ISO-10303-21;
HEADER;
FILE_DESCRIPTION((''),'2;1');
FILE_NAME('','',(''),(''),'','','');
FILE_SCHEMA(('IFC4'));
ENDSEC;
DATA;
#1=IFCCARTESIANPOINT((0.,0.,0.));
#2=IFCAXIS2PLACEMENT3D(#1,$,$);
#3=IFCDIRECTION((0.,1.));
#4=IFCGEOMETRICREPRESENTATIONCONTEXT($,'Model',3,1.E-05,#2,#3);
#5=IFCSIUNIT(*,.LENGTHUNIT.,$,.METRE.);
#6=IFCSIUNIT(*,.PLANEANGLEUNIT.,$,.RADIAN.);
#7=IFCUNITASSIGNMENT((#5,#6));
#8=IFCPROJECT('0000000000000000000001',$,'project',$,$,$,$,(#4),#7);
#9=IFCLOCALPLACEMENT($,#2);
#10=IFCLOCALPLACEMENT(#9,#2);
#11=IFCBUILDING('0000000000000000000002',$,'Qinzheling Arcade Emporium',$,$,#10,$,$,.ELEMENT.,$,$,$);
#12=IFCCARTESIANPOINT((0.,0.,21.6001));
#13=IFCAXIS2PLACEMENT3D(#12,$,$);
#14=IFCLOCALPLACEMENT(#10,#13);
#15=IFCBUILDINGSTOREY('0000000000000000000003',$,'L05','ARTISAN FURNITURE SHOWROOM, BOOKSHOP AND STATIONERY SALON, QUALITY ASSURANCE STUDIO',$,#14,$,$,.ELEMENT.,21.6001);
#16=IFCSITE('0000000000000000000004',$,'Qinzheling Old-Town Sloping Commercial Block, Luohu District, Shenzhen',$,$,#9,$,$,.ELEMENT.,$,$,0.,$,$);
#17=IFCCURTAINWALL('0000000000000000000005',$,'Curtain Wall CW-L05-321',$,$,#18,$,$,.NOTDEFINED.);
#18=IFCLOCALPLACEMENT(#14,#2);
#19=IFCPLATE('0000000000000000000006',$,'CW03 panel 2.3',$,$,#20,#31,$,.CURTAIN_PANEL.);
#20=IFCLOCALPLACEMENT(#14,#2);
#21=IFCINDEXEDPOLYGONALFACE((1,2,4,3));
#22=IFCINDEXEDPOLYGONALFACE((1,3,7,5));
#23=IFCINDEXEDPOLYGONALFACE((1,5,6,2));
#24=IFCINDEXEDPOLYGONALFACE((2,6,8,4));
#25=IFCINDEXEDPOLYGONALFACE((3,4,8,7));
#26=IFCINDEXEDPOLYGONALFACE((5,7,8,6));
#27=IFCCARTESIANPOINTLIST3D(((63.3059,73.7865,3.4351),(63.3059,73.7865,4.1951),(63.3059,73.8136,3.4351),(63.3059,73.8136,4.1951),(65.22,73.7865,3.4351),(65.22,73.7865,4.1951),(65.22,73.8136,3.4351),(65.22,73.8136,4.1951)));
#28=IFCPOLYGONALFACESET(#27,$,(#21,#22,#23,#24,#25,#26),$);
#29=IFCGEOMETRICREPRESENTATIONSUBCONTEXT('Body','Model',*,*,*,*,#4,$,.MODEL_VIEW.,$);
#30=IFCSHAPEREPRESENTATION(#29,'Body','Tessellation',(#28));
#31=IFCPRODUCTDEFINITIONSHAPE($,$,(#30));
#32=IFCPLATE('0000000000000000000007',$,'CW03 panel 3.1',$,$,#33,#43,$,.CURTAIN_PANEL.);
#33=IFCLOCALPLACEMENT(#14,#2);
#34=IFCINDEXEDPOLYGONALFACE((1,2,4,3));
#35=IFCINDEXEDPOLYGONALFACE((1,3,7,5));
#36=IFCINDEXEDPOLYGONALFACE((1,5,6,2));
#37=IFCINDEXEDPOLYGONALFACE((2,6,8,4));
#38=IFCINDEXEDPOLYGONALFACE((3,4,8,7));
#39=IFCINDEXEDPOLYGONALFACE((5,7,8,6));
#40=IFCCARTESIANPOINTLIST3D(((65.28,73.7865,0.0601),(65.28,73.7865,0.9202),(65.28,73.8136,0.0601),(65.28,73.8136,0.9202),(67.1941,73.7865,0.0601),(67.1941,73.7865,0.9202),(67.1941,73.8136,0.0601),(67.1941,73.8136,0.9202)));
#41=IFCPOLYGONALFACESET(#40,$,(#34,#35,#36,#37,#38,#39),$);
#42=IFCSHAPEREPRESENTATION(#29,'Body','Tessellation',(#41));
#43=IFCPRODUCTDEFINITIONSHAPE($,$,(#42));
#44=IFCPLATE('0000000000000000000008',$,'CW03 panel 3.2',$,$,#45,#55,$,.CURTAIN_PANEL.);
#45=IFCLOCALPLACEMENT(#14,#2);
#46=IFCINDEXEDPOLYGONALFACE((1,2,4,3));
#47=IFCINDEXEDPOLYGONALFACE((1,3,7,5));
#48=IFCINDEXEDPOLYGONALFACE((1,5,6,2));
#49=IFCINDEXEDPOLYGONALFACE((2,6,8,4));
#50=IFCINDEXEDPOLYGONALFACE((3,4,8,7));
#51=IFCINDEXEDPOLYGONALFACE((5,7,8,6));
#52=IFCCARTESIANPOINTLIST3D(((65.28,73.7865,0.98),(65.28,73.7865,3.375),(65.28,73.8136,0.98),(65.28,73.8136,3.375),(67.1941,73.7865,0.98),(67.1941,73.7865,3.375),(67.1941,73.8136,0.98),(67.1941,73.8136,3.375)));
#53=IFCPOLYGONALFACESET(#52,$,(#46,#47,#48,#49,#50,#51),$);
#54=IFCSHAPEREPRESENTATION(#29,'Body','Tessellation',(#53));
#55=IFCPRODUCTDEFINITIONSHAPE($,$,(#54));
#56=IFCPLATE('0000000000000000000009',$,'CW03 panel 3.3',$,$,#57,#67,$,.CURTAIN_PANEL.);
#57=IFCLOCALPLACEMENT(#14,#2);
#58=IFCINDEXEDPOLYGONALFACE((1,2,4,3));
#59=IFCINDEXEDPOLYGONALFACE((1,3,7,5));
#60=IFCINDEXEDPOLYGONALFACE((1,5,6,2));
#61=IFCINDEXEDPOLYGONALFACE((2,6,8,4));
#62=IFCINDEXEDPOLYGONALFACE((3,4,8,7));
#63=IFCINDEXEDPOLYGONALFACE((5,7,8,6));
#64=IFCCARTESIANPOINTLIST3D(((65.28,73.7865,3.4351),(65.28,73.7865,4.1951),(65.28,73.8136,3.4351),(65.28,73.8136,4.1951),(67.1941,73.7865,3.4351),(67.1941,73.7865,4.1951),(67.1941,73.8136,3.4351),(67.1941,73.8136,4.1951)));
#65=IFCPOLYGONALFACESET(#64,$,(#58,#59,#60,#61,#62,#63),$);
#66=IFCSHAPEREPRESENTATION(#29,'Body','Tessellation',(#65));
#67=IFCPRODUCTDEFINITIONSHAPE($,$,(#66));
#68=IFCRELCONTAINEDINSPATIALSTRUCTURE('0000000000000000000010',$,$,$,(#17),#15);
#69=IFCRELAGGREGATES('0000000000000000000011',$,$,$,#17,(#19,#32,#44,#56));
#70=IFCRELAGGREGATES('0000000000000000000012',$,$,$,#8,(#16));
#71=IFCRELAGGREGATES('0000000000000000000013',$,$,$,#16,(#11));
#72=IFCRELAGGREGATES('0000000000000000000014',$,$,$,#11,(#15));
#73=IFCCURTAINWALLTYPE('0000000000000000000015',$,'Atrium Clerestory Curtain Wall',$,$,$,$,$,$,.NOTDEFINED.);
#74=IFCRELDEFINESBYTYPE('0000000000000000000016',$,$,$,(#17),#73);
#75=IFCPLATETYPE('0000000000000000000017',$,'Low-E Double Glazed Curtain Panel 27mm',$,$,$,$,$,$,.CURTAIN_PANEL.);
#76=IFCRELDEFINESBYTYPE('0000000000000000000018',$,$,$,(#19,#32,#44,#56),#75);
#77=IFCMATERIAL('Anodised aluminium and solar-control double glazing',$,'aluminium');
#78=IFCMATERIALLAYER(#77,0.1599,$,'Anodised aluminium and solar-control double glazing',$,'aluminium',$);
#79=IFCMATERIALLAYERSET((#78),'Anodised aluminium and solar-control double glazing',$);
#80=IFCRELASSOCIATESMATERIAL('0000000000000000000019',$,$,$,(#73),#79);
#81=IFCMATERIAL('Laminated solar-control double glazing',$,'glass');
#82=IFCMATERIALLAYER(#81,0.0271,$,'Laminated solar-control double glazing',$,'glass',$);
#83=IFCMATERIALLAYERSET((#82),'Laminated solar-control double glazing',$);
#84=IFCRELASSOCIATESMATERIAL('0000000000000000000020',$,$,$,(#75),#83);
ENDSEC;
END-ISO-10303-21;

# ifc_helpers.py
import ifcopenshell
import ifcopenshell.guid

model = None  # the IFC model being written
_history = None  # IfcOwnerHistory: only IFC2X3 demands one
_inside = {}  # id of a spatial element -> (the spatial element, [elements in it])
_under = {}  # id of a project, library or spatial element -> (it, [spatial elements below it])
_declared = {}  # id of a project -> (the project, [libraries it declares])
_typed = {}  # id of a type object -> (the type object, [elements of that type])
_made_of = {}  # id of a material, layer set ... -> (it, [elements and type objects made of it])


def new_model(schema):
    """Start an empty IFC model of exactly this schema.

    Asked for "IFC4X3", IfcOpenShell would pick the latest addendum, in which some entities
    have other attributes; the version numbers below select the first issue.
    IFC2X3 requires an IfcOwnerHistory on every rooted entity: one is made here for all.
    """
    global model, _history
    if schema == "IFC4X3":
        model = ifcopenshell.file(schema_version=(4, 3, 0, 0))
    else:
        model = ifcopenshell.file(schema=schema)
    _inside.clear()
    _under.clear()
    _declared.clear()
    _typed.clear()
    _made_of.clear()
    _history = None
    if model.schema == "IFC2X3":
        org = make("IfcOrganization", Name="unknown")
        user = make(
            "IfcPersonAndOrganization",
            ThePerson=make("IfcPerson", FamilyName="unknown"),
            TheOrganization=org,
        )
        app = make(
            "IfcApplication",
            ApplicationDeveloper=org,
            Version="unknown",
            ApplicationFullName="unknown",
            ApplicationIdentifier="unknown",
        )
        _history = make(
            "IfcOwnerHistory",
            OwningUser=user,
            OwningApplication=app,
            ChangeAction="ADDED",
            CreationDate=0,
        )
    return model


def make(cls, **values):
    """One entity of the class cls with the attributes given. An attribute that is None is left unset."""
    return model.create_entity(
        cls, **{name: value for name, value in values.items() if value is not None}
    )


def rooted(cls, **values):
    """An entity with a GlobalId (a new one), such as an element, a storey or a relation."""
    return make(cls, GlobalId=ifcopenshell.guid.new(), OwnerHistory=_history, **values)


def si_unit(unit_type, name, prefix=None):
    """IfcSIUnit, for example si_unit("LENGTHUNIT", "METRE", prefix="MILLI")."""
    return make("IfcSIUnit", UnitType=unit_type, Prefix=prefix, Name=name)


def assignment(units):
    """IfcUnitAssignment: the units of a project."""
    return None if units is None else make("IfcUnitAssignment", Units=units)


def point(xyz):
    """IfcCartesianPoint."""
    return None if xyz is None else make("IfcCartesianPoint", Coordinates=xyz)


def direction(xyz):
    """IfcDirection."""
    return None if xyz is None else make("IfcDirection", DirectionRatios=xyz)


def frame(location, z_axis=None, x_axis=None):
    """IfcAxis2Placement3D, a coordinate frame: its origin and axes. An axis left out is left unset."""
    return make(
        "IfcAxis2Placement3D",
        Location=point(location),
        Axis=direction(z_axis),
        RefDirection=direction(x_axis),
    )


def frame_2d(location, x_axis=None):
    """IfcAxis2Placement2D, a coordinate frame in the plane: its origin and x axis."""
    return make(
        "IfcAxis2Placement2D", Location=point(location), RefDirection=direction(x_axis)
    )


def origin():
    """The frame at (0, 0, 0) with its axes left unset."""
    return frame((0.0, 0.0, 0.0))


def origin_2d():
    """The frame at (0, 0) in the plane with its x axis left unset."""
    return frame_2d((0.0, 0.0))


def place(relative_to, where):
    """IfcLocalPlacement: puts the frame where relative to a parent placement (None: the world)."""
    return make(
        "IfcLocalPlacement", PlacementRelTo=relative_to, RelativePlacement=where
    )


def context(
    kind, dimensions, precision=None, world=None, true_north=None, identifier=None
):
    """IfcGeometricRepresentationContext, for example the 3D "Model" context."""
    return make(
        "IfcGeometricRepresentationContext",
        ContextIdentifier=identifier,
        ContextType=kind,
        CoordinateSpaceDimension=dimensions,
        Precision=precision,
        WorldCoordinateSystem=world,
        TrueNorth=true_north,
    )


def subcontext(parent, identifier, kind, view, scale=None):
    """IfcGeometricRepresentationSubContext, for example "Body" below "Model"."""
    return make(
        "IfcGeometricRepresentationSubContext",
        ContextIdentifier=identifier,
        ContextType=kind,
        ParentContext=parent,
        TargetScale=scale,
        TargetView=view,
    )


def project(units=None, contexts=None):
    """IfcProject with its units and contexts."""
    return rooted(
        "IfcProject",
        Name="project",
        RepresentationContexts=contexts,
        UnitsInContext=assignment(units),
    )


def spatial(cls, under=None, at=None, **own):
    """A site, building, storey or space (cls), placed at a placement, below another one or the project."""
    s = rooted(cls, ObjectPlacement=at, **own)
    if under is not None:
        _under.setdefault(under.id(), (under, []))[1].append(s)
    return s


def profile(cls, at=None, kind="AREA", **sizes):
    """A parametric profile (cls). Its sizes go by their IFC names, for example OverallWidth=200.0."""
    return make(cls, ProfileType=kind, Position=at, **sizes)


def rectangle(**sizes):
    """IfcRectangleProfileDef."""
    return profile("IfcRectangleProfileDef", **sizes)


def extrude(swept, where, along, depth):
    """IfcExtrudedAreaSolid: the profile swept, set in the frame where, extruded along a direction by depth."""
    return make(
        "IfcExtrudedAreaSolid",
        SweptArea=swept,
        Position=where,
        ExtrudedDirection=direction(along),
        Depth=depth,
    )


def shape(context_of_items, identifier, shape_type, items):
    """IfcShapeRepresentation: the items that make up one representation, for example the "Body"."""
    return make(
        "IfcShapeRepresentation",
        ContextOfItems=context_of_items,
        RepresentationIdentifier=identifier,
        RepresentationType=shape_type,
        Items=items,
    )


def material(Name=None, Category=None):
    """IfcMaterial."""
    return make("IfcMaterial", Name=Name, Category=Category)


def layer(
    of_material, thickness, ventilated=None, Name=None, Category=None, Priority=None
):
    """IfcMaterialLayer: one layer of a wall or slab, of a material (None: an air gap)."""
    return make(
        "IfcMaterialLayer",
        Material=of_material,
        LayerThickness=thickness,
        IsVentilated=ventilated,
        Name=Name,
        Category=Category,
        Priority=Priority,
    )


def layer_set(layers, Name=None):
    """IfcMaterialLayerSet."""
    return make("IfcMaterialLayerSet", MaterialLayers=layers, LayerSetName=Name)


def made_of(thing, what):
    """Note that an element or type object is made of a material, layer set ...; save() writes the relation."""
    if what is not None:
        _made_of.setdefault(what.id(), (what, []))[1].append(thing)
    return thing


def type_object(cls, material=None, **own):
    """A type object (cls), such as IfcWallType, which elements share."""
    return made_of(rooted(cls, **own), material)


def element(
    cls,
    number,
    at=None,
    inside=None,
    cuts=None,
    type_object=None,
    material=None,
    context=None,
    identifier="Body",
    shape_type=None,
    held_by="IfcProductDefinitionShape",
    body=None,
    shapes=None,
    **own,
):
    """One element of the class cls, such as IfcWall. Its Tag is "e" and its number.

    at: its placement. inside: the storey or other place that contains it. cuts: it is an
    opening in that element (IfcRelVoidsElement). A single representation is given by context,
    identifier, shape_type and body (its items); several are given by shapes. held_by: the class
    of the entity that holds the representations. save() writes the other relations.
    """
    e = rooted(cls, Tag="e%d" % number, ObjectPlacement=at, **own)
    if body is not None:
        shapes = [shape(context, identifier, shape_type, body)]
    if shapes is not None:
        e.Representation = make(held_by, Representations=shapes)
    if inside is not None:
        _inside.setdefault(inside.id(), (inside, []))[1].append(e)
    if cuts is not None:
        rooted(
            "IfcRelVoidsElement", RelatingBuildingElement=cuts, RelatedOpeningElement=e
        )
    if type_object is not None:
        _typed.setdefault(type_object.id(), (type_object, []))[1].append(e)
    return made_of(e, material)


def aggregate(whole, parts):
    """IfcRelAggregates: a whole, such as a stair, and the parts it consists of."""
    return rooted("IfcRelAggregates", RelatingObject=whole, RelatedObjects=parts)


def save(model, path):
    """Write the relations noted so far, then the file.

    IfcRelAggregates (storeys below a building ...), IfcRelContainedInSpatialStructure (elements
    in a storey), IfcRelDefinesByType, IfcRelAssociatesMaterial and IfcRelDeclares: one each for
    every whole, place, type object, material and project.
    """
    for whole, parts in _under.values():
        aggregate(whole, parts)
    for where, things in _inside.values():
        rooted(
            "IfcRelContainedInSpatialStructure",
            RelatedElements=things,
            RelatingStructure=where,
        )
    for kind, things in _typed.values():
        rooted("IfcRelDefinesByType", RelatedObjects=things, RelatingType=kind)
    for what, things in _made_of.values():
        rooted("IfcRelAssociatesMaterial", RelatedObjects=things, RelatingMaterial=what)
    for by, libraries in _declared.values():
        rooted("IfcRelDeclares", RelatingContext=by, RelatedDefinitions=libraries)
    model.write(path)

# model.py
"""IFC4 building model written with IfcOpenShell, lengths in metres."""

from ifc_helpers import new_model, si_unit, direction, frame, origin, origin_2d, place, context, subcontext, project, spatial, rectangle, extrude, material, layer, layer_set, type_object, element, aggregate, save


model = new_model("IFC4")

# Units and contexts
model_context = context("Model", 3, precision=1e-05, world=origin(), true_north=direction((0.0, 1.0)))
body_context = subcontext(model_context, "Body", "Model", "MODEL_VIEW")
ifc_project = project(units=[si_unit("LENGTHUNIT", "METRE"), si_unit("PLANEANGLEUNIT", "RADIAN")], contexts=[model_context])

# Site, building, storey
site_placement = place(None, origin())
site = spatial("IfcSite", under=ifc_project, at=site_placement, Name="Qinzheling Old-Town Sloping Commercial Block, Luohu District, Shenzhen", CompositionType="ELEMENT", RefElevation=0.0)
building_placement = place(site_placement, origin())
building = spatial("IfcBuilding", under=site, at=building_placement, Name="Qinzheling Arcade Emporium", CompositionType="ELEMENT")
storey_placement = place(building_placement, frame((0.0, 0.0, 21.6001)))
storey = spatial("IfcBuildingStorey", under=building, at=storey_placement, Name="L05", Description="ARTISAN FURNITURE SHOWROOM, BOOKSHOP AND STATIONERY SALON, QUALITY ASSURANCE STUDIO", CompositionType="ELEMENT", Elevation=21.6001)

# Shared definitions
ifc_material_1 = material(Name="Anodised aluminium and solar-control double glazing", Category="aluminium")
ifc_layer_1 = layer(ifc_material_1, 0.1599, Name="Anodised aluminium and solar-control double glazing", Category="aluminium")
ifc_layer_set_1 = layer_set([ifc_layer_1], Name="Anodised aluminium and solar-control double glazing")
curtain_wall_type = type_object("IfcCurtainWallType", Name="Atrium Clerestory Curtain Wall", PredefinedType="NOTDEFINED", material=ifc_layer_set_1)

# Curtain wall
curtain_wall_1_placement = place(storey_placement, origin())
curtain_wall_1 = element("IfcCurtainWall", 1, at=curtain_wall_1_placement, inside=storey, type_object=curtain_wall_type, Name="Curtain Wall CW-L05-321", PredefinedType="NOTDEFINED")

# Plates
ifc_material_2 = material(Name="Laminated solar-control double glazing", Category="glass")
ifc_layer_2 = layer(ifc_material_2, 0.0271, Name="Laminated solar-control double glazing", Category="glass")
ifc_layer_set_2 = layer_set([ifc_layer_2], Name="Laminated solar-control double glazing")
plate_type_1 = type_object("IfcPlateType", Name="Low-E Double Glazed Curtain Panel 27mm", PredefinedType="CURTAIN_PANEL", material=ifc_layer_set_2)
plate_1_placement = place(storey_placement, frame((64.2629, 73.8, 3.4351), z_axis=(0.0, 0.0, 1.0), x_axis=(1.0, 0.0, 0.0)))
plate_1 = element("IfcPlate", 2, at=plate_1_placement, type_object=plate_type_1, Name="CW03 panel 2.3", PredefinedType="CURTAIN_PANEL", context=body_context, shape_type="SweptSolid", body=[
    extrude(rectangle(XDim=1.9141, YDim=0.0271, at=origin_2d()), origin(), (0.0, 0.0, 1.0), 0.76),
])
plate_2_placement = place(storey_placement, frame((66.2371, 73.8, 0.0601), z_axis=(0.0, 0.0, 1.0), x_axis=(1.0, 0.0, 0.0)))
plate_2 = element("IfcPlate", 3, at=plate_2_placement, type_object=plate_type_1, Name="CW03 panel 3.1", PredefinedType="CURTAIN_PANEL", context=body_context, shape_type="SweptSolid", body=[
    extrude(rectangle(XDim=1.9141, YDim=0.0271, at=origin_2d()), origin(), (0.0, 0.0, 1.0), 0.8601),
])
plate_3_placement = place(storey_placement, frame((66.2371, 73.8, 0.98), z_axis=(0.0, 0.0, 1.0), x_axis=(1.0, 0.0, 0.0)))
plate_3 = element("IfcPlate", 4, at=plate_3_placement, type_object=plate_type_1, Name="CW03 panel 3.2", PredefinedType="CURTAIN_PANEL", context=body_context, shape_type="SweptSolid", body=[
    extrude(rectangle(XDim=1.9141, YDim=0.0271, at=origin_2d()), origin(), (0.0, 0.0, 1.0), 2.395),
])
plate_4_placement = place(storey_placement, frame((66.2371, 73.8, 3.4351), z_axis=(0.0, 0.0, 1.0), x_axis=(1.0, 0.0, 0.0)))
plate_4 = element("IfcPlate", 5, at=plate_4_placement, type_object=plate_type_1, Name="CW03 panel 3.3", PredefinedType="CURTAIN_PANEL", context=body_context, shape_type="SweptSolid", body=[
    extrude(rectangle(XDim=1.9141, YDim=0.0271, at=origin_2d()), origin(), (0.0, 0.0, 1.0), 0.76),
])
aggregate(curtain_wall_1, [plate_1, plate_2, plate_3, plate_4])

save(model, "model.ifc")
